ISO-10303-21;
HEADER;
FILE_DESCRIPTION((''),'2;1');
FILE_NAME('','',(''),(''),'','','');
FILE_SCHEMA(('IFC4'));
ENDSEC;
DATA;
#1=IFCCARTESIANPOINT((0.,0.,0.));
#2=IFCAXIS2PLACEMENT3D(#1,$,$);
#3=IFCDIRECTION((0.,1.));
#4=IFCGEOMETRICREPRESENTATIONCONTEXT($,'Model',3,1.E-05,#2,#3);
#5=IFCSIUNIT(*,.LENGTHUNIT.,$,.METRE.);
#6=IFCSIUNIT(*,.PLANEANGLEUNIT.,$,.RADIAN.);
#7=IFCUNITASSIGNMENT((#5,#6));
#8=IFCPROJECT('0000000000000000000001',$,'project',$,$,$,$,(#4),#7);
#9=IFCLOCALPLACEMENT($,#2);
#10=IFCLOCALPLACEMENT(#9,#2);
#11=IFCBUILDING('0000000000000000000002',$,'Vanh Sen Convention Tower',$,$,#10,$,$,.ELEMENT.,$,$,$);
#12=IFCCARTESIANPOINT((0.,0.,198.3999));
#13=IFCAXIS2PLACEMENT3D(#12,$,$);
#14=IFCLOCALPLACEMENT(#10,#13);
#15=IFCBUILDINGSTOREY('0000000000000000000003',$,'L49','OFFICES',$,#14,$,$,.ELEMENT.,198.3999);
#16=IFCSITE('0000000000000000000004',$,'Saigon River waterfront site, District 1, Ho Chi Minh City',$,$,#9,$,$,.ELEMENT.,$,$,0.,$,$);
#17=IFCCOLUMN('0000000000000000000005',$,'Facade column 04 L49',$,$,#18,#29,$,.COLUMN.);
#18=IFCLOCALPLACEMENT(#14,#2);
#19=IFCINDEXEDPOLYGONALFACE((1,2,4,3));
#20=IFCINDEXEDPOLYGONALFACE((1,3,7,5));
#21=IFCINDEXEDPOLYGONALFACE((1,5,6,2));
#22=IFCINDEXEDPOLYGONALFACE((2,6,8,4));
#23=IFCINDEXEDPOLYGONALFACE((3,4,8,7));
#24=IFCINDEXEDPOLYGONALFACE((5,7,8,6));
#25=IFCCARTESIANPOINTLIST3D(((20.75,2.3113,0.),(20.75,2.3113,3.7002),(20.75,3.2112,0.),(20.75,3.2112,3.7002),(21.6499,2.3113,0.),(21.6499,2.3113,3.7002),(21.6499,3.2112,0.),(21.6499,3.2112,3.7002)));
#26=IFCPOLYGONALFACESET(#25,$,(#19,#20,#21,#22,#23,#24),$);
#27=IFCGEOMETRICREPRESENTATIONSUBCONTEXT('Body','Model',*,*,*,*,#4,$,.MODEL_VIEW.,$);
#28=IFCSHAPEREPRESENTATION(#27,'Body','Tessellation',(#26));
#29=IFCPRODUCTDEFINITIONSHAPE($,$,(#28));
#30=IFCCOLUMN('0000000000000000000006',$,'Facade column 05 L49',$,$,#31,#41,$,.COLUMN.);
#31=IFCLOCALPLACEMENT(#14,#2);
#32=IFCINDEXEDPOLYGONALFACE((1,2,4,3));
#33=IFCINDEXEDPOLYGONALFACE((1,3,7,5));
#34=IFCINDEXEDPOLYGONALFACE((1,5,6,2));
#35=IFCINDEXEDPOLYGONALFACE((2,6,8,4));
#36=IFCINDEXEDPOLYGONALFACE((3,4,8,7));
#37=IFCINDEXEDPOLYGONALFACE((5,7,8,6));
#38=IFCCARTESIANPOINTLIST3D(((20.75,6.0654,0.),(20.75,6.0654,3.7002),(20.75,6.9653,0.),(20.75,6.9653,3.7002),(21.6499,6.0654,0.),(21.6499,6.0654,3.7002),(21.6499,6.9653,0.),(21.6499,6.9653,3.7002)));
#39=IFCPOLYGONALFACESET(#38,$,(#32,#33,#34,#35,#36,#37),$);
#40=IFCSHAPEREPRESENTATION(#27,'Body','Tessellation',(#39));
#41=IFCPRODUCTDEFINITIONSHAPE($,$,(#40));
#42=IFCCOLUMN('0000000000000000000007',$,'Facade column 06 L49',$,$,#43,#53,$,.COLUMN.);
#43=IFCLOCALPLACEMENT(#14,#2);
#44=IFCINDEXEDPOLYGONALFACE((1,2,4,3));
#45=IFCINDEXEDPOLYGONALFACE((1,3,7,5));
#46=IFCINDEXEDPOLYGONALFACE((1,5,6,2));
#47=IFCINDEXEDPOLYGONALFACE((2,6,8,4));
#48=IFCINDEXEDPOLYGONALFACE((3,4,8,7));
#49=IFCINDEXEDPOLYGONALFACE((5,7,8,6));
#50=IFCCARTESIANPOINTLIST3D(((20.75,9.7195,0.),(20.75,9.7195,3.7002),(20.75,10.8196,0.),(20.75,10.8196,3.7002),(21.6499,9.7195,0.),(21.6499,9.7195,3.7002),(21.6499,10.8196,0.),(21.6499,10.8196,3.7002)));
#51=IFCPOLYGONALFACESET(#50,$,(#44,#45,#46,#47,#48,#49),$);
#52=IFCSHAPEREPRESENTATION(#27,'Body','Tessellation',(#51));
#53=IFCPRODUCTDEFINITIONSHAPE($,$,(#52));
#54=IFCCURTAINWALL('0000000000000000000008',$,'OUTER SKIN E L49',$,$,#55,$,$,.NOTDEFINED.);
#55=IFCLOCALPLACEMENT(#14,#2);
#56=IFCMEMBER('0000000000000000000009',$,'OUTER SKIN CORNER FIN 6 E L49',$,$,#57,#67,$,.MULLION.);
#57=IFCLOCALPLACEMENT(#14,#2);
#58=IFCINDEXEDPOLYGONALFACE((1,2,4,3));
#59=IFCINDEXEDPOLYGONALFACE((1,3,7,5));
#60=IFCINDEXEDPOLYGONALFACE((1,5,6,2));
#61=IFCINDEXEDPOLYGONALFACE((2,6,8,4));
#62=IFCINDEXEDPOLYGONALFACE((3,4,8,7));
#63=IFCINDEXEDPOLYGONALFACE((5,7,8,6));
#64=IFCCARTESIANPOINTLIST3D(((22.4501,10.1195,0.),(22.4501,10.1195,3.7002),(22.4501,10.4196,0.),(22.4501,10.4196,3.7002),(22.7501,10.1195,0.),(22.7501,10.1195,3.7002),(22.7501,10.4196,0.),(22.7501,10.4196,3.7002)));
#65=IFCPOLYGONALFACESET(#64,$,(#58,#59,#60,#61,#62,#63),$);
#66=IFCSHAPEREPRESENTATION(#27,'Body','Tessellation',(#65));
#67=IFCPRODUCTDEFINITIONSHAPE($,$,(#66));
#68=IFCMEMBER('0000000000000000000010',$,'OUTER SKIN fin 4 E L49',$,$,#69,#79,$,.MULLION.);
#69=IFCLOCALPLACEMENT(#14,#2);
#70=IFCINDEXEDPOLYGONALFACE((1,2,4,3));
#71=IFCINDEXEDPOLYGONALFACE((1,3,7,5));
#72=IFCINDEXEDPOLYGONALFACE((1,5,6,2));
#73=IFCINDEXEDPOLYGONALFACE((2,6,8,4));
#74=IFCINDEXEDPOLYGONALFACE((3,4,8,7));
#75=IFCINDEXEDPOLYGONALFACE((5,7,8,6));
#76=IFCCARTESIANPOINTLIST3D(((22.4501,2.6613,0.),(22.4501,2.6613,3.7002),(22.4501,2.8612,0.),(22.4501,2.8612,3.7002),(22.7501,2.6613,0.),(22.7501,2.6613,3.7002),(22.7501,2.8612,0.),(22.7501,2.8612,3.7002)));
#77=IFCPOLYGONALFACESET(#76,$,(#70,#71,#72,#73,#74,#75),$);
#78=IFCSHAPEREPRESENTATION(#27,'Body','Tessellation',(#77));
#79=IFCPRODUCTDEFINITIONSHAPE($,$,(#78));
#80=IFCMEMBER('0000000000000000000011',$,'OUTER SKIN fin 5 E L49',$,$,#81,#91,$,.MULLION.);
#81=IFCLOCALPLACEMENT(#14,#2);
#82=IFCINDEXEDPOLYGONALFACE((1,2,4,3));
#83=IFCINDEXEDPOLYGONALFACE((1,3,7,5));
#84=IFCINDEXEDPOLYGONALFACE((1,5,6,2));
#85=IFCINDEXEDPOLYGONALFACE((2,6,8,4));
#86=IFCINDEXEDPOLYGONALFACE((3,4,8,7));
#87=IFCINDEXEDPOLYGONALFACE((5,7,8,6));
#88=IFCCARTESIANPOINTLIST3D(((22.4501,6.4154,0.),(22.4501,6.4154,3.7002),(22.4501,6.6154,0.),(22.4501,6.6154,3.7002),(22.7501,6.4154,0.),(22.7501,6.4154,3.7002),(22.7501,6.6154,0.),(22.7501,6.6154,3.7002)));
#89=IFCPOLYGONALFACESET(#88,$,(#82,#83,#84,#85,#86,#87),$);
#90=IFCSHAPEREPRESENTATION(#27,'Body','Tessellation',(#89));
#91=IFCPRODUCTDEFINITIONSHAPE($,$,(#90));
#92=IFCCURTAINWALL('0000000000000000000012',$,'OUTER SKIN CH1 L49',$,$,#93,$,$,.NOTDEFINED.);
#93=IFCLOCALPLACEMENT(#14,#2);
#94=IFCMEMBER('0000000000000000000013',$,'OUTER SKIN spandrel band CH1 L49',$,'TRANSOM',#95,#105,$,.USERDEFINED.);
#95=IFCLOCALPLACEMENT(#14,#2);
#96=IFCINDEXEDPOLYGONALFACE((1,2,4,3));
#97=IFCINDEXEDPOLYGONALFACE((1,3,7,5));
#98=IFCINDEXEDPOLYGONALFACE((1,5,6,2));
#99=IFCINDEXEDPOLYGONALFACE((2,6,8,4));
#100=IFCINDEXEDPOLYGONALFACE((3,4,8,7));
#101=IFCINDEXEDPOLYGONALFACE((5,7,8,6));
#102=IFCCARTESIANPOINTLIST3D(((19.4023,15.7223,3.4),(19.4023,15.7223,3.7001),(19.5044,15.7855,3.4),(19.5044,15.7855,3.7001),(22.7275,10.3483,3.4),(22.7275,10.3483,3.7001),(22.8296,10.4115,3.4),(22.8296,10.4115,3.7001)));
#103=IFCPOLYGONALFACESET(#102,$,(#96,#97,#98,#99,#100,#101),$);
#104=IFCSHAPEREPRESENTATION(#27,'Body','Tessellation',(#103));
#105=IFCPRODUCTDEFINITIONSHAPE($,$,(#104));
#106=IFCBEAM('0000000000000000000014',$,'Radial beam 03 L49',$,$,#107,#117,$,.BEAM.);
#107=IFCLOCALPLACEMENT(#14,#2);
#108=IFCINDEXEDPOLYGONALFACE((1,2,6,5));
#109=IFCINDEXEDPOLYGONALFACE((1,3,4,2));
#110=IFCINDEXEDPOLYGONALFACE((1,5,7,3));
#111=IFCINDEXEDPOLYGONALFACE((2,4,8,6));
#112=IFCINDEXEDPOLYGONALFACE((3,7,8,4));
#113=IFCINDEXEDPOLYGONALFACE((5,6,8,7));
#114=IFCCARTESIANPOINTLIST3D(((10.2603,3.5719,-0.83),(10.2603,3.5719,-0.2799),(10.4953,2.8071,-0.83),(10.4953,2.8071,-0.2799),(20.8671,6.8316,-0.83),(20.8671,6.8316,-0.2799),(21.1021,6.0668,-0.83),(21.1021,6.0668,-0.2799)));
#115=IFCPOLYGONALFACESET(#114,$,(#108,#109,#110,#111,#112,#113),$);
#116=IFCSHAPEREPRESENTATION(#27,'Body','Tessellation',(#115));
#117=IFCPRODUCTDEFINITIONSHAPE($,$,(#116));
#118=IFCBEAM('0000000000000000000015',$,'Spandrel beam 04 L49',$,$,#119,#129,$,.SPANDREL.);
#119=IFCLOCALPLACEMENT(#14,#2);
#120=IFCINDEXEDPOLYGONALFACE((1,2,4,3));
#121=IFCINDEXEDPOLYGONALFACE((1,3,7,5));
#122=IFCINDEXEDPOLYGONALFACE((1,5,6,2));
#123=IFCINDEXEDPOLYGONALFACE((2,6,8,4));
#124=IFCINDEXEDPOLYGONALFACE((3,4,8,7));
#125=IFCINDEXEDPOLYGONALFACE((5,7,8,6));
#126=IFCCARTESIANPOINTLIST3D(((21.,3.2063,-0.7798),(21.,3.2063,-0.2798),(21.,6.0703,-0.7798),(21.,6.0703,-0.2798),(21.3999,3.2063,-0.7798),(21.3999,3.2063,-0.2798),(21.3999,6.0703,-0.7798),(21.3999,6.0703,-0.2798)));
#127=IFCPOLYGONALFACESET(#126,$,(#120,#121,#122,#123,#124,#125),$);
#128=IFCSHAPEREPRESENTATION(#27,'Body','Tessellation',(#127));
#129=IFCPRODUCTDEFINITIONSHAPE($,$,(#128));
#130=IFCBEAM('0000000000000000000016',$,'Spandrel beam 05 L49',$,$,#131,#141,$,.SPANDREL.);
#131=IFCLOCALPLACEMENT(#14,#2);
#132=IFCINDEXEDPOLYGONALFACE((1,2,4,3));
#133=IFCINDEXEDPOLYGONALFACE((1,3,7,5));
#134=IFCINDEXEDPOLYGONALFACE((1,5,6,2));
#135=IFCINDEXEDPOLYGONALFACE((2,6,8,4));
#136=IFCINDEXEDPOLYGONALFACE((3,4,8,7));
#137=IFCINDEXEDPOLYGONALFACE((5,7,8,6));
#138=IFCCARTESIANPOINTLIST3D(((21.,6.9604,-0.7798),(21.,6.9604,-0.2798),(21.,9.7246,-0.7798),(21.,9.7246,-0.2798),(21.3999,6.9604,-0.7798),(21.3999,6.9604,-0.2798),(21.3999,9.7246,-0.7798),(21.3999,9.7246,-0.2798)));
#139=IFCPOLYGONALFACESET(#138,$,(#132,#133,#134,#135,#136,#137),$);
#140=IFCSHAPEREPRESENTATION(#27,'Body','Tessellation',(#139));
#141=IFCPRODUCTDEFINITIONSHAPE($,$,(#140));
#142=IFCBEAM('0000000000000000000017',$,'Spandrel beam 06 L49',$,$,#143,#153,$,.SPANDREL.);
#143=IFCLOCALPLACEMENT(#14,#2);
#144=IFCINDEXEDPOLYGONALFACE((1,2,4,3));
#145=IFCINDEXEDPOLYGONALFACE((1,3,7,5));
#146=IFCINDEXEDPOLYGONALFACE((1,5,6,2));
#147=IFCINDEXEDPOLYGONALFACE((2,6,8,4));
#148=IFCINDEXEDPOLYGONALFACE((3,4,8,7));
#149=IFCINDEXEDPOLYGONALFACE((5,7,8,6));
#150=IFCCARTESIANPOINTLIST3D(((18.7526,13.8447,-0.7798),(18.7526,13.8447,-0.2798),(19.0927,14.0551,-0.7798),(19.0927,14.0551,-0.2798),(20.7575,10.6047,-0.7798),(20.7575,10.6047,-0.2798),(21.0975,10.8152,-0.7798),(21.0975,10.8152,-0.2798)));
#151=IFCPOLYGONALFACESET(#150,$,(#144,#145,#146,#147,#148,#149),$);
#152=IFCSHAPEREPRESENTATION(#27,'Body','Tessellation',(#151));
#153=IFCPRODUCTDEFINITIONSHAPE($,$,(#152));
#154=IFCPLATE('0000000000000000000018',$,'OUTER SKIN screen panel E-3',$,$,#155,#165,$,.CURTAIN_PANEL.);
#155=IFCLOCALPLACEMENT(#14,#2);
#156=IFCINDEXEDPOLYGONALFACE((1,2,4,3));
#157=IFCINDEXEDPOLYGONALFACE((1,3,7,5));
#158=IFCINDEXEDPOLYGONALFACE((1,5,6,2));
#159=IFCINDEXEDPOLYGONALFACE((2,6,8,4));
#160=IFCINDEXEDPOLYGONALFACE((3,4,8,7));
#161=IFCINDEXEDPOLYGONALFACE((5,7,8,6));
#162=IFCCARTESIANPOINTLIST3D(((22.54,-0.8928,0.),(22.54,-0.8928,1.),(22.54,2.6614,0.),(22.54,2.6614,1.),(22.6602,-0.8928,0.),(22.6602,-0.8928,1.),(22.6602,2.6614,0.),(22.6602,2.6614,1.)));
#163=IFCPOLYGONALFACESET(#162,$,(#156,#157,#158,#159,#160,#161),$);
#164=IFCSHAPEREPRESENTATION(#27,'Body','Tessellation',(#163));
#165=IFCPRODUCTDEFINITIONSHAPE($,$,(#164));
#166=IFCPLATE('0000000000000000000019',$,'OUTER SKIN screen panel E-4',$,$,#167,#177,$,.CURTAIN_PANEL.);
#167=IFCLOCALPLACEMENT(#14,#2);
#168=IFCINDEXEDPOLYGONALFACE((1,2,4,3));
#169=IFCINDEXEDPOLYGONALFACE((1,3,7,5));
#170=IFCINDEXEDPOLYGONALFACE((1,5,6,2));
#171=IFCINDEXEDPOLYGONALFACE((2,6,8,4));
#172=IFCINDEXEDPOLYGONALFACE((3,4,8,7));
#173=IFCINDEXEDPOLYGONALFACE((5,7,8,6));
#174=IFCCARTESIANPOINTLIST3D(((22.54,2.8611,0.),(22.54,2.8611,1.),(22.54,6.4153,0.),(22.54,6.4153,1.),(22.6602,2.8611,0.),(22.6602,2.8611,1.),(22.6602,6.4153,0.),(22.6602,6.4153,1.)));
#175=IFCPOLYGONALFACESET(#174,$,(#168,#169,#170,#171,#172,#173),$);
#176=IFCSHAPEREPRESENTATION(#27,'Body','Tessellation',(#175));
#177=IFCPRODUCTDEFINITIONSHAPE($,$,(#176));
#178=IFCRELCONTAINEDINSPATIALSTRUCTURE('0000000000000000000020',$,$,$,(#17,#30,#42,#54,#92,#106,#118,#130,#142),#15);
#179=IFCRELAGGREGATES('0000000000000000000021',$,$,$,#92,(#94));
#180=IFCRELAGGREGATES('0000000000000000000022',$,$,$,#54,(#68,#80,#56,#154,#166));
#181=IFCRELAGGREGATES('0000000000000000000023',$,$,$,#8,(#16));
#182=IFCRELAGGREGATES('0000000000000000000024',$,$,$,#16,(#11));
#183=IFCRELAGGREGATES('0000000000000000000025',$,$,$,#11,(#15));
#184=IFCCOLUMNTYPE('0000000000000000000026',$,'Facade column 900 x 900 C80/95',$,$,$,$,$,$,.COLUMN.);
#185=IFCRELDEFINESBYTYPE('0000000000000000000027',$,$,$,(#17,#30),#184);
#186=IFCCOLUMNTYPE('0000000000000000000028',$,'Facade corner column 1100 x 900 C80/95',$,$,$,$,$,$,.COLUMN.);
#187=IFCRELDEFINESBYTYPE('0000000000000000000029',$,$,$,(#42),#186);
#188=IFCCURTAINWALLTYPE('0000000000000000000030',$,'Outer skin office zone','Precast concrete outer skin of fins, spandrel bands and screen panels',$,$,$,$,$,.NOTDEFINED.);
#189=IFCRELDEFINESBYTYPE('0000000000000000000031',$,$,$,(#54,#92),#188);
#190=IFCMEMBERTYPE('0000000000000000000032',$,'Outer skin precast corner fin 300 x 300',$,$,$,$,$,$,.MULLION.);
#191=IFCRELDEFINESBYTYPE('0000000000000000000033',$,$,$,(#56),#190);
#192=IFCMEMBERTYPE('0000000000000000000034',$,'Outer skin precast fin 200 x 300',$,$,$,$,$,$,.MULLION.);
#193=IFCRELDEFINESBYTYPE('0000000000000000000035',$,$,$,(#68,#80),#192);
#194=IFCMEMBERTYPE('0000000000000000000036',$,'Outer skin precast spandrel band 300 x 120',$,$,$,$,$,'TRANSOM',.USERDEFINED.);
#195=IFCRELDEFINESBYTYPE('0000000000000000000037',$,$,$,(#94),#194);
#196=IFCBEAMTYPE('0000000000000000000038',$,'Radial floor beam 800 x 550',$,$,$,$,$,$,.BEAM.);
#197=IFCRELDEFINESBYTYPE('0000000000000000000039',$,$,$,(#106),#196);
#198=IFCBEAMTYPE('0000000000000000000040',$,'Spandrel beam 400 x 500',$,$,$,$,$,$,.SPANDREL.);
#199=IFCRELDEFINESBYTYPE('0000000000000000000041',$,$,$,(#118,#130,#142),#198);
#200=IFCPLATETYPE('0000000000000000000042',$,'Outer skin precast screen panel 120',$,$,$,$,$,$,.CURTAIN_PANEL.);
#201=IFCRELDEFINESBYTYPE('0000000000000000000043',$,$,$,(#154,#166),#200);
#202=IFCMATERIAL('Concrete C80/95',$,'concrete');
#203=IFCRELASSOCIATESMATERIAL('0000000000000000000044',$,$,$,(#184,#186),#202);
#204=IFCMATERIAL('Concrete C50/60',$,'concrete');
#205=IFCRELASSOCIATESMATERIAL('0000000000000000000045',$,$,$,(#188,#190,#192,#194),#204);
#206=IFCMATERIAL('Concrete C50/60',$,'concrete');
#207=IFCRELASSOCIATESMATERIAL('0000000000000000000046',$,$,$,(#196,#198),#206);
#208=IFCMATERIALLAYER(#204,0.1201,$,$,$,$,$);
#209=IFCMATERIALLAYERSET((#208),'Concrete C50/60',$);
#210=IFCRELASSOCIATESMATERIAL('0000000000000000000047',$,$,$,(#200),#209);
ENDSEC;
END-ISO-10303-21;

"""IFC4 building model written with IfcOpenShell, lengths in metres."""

from ifc_helpers import new_model, si_unit, direction, frame, origin, origin_2d, place, context, subcontext, project, spatial, rectangle, extrude, material, layer, layer_set, material_profile, profile_set, type_object, element, aggregate, save


model = new_model("IFC4")

# Units and contexts
model_context = context("Model", 3, precision=1e-05, world=origin(), true_north=direction((0.0, 1.0)))
body_context = subcontext(model_context, "Body", "Model", "MODEL_VIEW")
ifc_project = project(units=[si_unit("LENGTHUNIT", "METRE"), si_unit("PLANEANGLEUNIT", "RADIAN")], contexts=[model_context])

# Site, building, storey
site_placement = place(None, origin())
site = spatial("IfcSite", under=ifc_project, at=site_placement, Name="Saigon River waterfront site, District 1, Ho Chi Minh City", CompositionType="ELEMENT", RefElevation=0.0)
building_placement = place(site_placement, origin())
building = spatial("IfcBuilding", under=site, at=building_placement, Name="Vanh Sen Convention Tower", CompositionType="ELEMENT")
storey_placement = place(building_placement, frame((0.0, 0.0, 198.3999)))
storey = spatial("IfcBuildingStorey", under=building, at=storey_placement, Name="L49", Description="OFFICES", CompositionType="ELEMENT", Elevation=198.3999)

# Columns
ifc_material_1 = material(Name="Concrete C80/95", Category="concrete")
ifc_material_profile_1 = material_profile(ifc_material_1, rectangle(XDim=0.8999, YDim=0.8999, at=origin_2d()), Name="RC 900X900")
ifc_profile_set_1 = profile_set([ifc_material_profile_1], Name="Concrete C80/95")
column_type_1 = type_object("IfcColumnType", Name="Facade column 900 x 900 C80/95", PredefinedType="COLUMN", material=ifc_profile_set_1)
for number, where, z_axis, x_axis, name in (
    (1, (21.2, 2.7612, 0.0), (0.0, 0.0, 1.0), (0.0, 1.0, 0.0), "Facade column 04 L49"),
    (2, (21.2, 6.5154, 0.0), (0.0, 0.0, 1.0), (0.0, 1.0, 0.0), "Facade column 05 L49"),
):
    element("IfcColumn", number, at=place(storey_placement, frame(where, z_axis=z_axis, x_axis=x_axis)), inside=storey, type_object=column_type_1, Name=name, PredefinedType="COLUMN", context=body_context, shape_type="SweptSolid", body=[
        extrude(rectangle(XDim=0.8999, YDim=0.8999, at=origin_2d()), origin(), (0.0, 0.0, 1.0), 3.7002),
    ])
ifc_material_profile_2 = material_profile(ifc_material_1, rectangle(XDim=1.1001, YDim=0.8999, at=origin_2d()), Name="RC 1100X900")
ifc_profile_set_2 = profile_set([ifc_material_profile_2], Name="Concrete C80/95")
column_type_2 = type_object("IfcColumnType", Name="Facade corner column 1100 x 900 C80/95", PredefinedType="COLUMN", material=ifc_profile_set_2)
column_placement = place(storey_placement, frame((21.2, 10.2695, 0.0), z_axis=(0.0, 0.0, 1.0), x_axis=(0.0, 1.0, 0.0)))
element("IfcColumn", 3, at=column_placement, inside=storey, type_object=column_type_2, Name="Facade column 06 L49", PredefinedType="COLUMN", context=body_context, shape_type="SweptSolid", body=[
    extrude(rectangle(XDim=1.1001, YDim=0.8999, at=origin_2d()), origin(), (0.0, 0.0, 1.0), 3.7002),
])

# Curtain wall, members
ifc_material_2 = material(Name="Concrete C50/60", Category="concrete")
curtain_wall_type = type_object("IfcCurtainWallType", Name="Outer skin office zone", Description="Precast concrete outer skin of fins, spandrel bands and screen panels", PredefinedType="NOTDEFINED", material=ifc_material_2)
curtain_wall_1_placement = place(storey_placement, origin())
curtain_wall_1 = element("IfcCurtainWall", 4, at=curtain_wall_1_placement, inside=storey, type_object=curtain_wall_type, Name="OUTER SKIN E L49", PredefinedType="NOTDEFINED")
ifc_material_profile_3 = material_profile(ifc_material_2, rectangle(XDim=0.3, YDim=0.3, at=origin_2d()), Name="Outer skin precast corner fin 300 x 300")
ifc_profile_set_3 = profile_set([ifc_material_profile_3], Name="Concrete C50/60")
member_type_1 = type_object("IfcMemberType", Name="Outer skin precast corner fin 300 x 300", PredefinedType="MULLION", material=ifc_profile_set_3)
member_1_placement = place(storey_placement, frame((22.6001, 10.2695, 0.0), z_axis=(0.0, 0.0, 1.0), x_axis=(0.0, 1.0, 0.0)))
member_1 = element("IfcMember", 5, at=member_1_placement, type_object=member_type_1, Name="OUTER SKIN CORNER FIN 6 E L49", PredefinedType="MULLION", context=body_context, shape_type="SweptSolid", body=[
    extrude(rectangle(XDim=0.3, YDim=0.3, at=origin_2d()), origin(), (0.0, 0.0, 1.0), 3.7002),
])
ifc_material_profile_4 = material_profile(ifc_material_2, rectangle(XDim=0.2, YDim=0.3, at=origin_2d()), Name="Outer skin precast fin 200 x 300")
ifc_profile_set_4 = profile_set([ifc_material_profile_4], Name="Concrete C50/60")
member_type_2 = type_object("IfcMemberType", Name="Outer skin precast fin 200 x 300", PredefinedType="MULLION", material=ifc_profile_set_4)
member_2_placement = place(storey_placement, frame((22.6001, 2.7612, 0.0), z_axis=(0.0, 0.0, 1.0), x_axis=(0.0, 1.0, 0.0)))
member_2 = element("IfcMember", 6, at=member_2_placement, type_object=member_type_2, Name="OUTER SKIN fin 4 E L49", PredefinedType="MULLION", context=body_context, shape_type="SweptSolid", body=[
    extrude(rectangle(XDim=0.2, YDim=0.3, at=origin_2d()), origin(), (0.0, 0.0, 1.0), 3.7002),
])
member_3_placement = place(storey_placement, frame((22.6001, 6.5154, 0.0), z_axis=(0.0, 0.0, 1.0), x_axis=(0.0, 1.0, 0.0)))
member_3 = element("IfcMember", 7, at=member_3_placement, type_object=member_type_2, Name="OUTER SKIN fin 5 E L49", PredefinedType="MULLION", context=body_context, shape_type="SweptSolid", body=[
    extrude(rectangle(XDim=0.2, YDim=0.3, at=origin_2d()), origin(), (0.0, 0.0, 1.0), 3.7002),
])

# Curtain wall, member
curtain_wall_2_placement = place(storey_placement, origin())
curtain_wall_2 = element("IfcCurtainWall", 8, at=curtain_wall_2_placement, inside=storey, type_object=curtain_wall_type, Name="OUTER SKIN CH1 L49", PredefinedType="NOTDEFINED")
ifc_material_profile_5 = material_profile(ifc_material_2, rectangle(XDim=0.1201, YDim=0.3, at=origin_2d()), Name="Outer skin precast spandrel band 300 x 120")
ifc_profile_set_5 = profile_set([ifc_material_profile_5], Name="Concrete C50/60")
member_type_3 = type_object("IfcMemberType", Name="Outer skin precast spandrel band 300 x 120", ElementType="TRANSOM", PredefinedType="USERDEFINED", material=ifc_profile_set_5)
member_4_placement = place(storey_placement, frame((22.7786, 10.3799, 3.55), z_axis=(-0.526174, 0.850377, 0.0), x_axis=(-0.850377, -0.526174, 0.0)))
member_4 = element("IfcMember", 9, at=member_4_placement, type_object=member_type_3, Name="OUTER SKIN spandrel band CH1 L49", ObjectType="TRANSOM", PredefinedType="USERDEFINED", context=body_context, shape_type="SweptSolid", body=[
    extrude(rectangle(XDim=0.1201, YDim=0.3, at=origin_2d()), origin(), (0.0, 0.0, 1.0), 6.3196),
])
aggregate(curtain_wall_2, [member_4])

# Beams
ifc_material_3 = material(Name="Concrete C50/60", Category="concrete")
ifc_material_profile_6 = material_profile(ifc_material_3, rectangle(XDim=0.8, YDim=0.55, at=origin_2d()), Name="RC 800X550")
ifc_profile_set_6 = profile_set([ifc_material_profile_6], Name="Concrete C50/60")
beam_type_1 = type_object("IfcBeamType", Name="Radial floor beam 800 x 550", PredefinedType="BEAM", material=ifc_profile_set_6)
beam_1_placement = place(storey_placement, frame((20.9846, 6.4492, -0.5549), z_axis=(-0.955878, -0.293764, 0.0), x_axis=(0.293764, -0.955878, 0.0)))
element("IfcBeam", 10, at=beam_1_placement, inside=storey, type_object=beam_type_1, Name="Radial beam 03 L49", PredefinedType="BEAM", context=body_context, shape_type="SweptSolid", body=[
    extrude(rectangle(XDim=0.8, YDim=0.55, at=origin_2d()), origin(), (0.0, 0.0, 1.0), 11.0964),
])
ifc_material_profile_7 = material_profile(ifc_material_3, rectangle(XDim=0.3999, YDim=0.5, at=origin_2d()), Name="RC 400X500")
ifc_profile_set_7 = profile_set([ifc_material_profile_7], Name="Concrete C50/60")
beam_type_2 = type_object("IfcBeamType", Name="Spandrel beam 400 x 500", PredefinedType="SPANDREL", material=ifc_profile_set_7)
beam_2_placement = place(storey_placement, frame((21.2, 3.2063, -0.5298), z_axis=(0.0, 1.0, 0.0), x_axis=(-1.0, 0.0, 0.0)))
element("IfcBeam", 11, at=beam_2_placement, inside=storey, type_object=beam_type_2, Name="Spandrel beam 04 L49", PredefinedType="SPANDREL", context=body_context, shape_type="SweptSolid", body=[
    extrude(rectangle(XDim=0.3999, YDim=0.5, at=origin_2d()), origin(), (0.0, 0.0, 1.0), 2.864),
])
beam_3_placement = place(storey_placement, frame((21.2, 6.9604, -0.5298), z_axis=(0.0, 1.0, 0.0), x_axis=(-1.0, 0.0, 0.0)))
element("IfcBeam", 12, at=beam_3_placement, inside=storey, type_object=beam_type_2, Name="Spandrel beam 05 L49", PredefinedType="SPANDREL", context=body_context, shape_type="SweptSolid", body=[
    extrude(rectangle(XDim=0.3999, YDim=0.5, at=origin_2d()), origin(), (0.0, 0.0, 1.0), 2.7642),
])
beam_4_placement = place(storey_placement, frame((20.9275, 10.71, -0.5298), z_axis=(-0.526198, 0.850362, 0.0), x_axis=(-0.850362, -0.526198, 0.0)))
element("IfcBeam", 13, at=beam_4_placement, inside=storey, type_object=beam_type_2, Name="Spandrel beam 06 L49", PredefinedType="SPANDREL", context=body_context, shape_type="SweptSolid", body=[
    extrude(rectangle(XDim=0.3999, YDim=0.5, at=origin_2d()), origin(), (0.0, 0.0, 1.0), 3.8101),
])

# Plates
ifc_layer_1 = layer(ifc_material_2, 0.1201)
ifc_layer_set_1 = layer_set([ifc_layer_1], Name="Concrete C50/60")
plate_type = type_object("IfcPlateType", Name="Outer skin precast screen panel 120", PredefinedType="CURTAIN_PANEL", material=ifc_layer_set_1)
plate_1_placement = place(storey_placement, frame((22.6001, 0.8843, 0.0), z_axis=(0.0, 0.0, 1.0), x_axis=(0.0, 1.0, 0.0)))
plate_1 = element("IfcPlate", 14, at=plate_1_placement, type_object=plate_type, Name="OUTER SKIN screen panel E-3", PredefinedType="CURTAIN_PANEL", context=body_context, shape_type="SweptSolid", body=[
    extrude(rectangle(XDim=3.5542, YDim=0.1201, at=origin_2d()), origin(), (0.0, 0.0, 1.0), 1.0),
])
plate_2_placement = place(storey_placement, frame((22.6001, 4.6382, 0.0), z_axis=(0.0, 0.0, 1.0), x_axis=(0.0, 1.0, 0.0)))
plate_2 = element("IfcPlate", 15, at=plate_2_placement, type_object=plate_type, Name="OUTER SKIN screen panel E-4", PredefinedType="CURTAIN_PANEL", context=body_context, shape_type="SweptSolid", body=[
    extrude(rectangle(XDim=3.5542, YDim=0.1201, at=origin_2d()), origin(), (0.0, 0.0, 1.0), 1.0),
])
aggregate(curtain_wall_1, [member_2, member_3, member_1, plate_1, plate_2])

save(model, "model.ifc")
